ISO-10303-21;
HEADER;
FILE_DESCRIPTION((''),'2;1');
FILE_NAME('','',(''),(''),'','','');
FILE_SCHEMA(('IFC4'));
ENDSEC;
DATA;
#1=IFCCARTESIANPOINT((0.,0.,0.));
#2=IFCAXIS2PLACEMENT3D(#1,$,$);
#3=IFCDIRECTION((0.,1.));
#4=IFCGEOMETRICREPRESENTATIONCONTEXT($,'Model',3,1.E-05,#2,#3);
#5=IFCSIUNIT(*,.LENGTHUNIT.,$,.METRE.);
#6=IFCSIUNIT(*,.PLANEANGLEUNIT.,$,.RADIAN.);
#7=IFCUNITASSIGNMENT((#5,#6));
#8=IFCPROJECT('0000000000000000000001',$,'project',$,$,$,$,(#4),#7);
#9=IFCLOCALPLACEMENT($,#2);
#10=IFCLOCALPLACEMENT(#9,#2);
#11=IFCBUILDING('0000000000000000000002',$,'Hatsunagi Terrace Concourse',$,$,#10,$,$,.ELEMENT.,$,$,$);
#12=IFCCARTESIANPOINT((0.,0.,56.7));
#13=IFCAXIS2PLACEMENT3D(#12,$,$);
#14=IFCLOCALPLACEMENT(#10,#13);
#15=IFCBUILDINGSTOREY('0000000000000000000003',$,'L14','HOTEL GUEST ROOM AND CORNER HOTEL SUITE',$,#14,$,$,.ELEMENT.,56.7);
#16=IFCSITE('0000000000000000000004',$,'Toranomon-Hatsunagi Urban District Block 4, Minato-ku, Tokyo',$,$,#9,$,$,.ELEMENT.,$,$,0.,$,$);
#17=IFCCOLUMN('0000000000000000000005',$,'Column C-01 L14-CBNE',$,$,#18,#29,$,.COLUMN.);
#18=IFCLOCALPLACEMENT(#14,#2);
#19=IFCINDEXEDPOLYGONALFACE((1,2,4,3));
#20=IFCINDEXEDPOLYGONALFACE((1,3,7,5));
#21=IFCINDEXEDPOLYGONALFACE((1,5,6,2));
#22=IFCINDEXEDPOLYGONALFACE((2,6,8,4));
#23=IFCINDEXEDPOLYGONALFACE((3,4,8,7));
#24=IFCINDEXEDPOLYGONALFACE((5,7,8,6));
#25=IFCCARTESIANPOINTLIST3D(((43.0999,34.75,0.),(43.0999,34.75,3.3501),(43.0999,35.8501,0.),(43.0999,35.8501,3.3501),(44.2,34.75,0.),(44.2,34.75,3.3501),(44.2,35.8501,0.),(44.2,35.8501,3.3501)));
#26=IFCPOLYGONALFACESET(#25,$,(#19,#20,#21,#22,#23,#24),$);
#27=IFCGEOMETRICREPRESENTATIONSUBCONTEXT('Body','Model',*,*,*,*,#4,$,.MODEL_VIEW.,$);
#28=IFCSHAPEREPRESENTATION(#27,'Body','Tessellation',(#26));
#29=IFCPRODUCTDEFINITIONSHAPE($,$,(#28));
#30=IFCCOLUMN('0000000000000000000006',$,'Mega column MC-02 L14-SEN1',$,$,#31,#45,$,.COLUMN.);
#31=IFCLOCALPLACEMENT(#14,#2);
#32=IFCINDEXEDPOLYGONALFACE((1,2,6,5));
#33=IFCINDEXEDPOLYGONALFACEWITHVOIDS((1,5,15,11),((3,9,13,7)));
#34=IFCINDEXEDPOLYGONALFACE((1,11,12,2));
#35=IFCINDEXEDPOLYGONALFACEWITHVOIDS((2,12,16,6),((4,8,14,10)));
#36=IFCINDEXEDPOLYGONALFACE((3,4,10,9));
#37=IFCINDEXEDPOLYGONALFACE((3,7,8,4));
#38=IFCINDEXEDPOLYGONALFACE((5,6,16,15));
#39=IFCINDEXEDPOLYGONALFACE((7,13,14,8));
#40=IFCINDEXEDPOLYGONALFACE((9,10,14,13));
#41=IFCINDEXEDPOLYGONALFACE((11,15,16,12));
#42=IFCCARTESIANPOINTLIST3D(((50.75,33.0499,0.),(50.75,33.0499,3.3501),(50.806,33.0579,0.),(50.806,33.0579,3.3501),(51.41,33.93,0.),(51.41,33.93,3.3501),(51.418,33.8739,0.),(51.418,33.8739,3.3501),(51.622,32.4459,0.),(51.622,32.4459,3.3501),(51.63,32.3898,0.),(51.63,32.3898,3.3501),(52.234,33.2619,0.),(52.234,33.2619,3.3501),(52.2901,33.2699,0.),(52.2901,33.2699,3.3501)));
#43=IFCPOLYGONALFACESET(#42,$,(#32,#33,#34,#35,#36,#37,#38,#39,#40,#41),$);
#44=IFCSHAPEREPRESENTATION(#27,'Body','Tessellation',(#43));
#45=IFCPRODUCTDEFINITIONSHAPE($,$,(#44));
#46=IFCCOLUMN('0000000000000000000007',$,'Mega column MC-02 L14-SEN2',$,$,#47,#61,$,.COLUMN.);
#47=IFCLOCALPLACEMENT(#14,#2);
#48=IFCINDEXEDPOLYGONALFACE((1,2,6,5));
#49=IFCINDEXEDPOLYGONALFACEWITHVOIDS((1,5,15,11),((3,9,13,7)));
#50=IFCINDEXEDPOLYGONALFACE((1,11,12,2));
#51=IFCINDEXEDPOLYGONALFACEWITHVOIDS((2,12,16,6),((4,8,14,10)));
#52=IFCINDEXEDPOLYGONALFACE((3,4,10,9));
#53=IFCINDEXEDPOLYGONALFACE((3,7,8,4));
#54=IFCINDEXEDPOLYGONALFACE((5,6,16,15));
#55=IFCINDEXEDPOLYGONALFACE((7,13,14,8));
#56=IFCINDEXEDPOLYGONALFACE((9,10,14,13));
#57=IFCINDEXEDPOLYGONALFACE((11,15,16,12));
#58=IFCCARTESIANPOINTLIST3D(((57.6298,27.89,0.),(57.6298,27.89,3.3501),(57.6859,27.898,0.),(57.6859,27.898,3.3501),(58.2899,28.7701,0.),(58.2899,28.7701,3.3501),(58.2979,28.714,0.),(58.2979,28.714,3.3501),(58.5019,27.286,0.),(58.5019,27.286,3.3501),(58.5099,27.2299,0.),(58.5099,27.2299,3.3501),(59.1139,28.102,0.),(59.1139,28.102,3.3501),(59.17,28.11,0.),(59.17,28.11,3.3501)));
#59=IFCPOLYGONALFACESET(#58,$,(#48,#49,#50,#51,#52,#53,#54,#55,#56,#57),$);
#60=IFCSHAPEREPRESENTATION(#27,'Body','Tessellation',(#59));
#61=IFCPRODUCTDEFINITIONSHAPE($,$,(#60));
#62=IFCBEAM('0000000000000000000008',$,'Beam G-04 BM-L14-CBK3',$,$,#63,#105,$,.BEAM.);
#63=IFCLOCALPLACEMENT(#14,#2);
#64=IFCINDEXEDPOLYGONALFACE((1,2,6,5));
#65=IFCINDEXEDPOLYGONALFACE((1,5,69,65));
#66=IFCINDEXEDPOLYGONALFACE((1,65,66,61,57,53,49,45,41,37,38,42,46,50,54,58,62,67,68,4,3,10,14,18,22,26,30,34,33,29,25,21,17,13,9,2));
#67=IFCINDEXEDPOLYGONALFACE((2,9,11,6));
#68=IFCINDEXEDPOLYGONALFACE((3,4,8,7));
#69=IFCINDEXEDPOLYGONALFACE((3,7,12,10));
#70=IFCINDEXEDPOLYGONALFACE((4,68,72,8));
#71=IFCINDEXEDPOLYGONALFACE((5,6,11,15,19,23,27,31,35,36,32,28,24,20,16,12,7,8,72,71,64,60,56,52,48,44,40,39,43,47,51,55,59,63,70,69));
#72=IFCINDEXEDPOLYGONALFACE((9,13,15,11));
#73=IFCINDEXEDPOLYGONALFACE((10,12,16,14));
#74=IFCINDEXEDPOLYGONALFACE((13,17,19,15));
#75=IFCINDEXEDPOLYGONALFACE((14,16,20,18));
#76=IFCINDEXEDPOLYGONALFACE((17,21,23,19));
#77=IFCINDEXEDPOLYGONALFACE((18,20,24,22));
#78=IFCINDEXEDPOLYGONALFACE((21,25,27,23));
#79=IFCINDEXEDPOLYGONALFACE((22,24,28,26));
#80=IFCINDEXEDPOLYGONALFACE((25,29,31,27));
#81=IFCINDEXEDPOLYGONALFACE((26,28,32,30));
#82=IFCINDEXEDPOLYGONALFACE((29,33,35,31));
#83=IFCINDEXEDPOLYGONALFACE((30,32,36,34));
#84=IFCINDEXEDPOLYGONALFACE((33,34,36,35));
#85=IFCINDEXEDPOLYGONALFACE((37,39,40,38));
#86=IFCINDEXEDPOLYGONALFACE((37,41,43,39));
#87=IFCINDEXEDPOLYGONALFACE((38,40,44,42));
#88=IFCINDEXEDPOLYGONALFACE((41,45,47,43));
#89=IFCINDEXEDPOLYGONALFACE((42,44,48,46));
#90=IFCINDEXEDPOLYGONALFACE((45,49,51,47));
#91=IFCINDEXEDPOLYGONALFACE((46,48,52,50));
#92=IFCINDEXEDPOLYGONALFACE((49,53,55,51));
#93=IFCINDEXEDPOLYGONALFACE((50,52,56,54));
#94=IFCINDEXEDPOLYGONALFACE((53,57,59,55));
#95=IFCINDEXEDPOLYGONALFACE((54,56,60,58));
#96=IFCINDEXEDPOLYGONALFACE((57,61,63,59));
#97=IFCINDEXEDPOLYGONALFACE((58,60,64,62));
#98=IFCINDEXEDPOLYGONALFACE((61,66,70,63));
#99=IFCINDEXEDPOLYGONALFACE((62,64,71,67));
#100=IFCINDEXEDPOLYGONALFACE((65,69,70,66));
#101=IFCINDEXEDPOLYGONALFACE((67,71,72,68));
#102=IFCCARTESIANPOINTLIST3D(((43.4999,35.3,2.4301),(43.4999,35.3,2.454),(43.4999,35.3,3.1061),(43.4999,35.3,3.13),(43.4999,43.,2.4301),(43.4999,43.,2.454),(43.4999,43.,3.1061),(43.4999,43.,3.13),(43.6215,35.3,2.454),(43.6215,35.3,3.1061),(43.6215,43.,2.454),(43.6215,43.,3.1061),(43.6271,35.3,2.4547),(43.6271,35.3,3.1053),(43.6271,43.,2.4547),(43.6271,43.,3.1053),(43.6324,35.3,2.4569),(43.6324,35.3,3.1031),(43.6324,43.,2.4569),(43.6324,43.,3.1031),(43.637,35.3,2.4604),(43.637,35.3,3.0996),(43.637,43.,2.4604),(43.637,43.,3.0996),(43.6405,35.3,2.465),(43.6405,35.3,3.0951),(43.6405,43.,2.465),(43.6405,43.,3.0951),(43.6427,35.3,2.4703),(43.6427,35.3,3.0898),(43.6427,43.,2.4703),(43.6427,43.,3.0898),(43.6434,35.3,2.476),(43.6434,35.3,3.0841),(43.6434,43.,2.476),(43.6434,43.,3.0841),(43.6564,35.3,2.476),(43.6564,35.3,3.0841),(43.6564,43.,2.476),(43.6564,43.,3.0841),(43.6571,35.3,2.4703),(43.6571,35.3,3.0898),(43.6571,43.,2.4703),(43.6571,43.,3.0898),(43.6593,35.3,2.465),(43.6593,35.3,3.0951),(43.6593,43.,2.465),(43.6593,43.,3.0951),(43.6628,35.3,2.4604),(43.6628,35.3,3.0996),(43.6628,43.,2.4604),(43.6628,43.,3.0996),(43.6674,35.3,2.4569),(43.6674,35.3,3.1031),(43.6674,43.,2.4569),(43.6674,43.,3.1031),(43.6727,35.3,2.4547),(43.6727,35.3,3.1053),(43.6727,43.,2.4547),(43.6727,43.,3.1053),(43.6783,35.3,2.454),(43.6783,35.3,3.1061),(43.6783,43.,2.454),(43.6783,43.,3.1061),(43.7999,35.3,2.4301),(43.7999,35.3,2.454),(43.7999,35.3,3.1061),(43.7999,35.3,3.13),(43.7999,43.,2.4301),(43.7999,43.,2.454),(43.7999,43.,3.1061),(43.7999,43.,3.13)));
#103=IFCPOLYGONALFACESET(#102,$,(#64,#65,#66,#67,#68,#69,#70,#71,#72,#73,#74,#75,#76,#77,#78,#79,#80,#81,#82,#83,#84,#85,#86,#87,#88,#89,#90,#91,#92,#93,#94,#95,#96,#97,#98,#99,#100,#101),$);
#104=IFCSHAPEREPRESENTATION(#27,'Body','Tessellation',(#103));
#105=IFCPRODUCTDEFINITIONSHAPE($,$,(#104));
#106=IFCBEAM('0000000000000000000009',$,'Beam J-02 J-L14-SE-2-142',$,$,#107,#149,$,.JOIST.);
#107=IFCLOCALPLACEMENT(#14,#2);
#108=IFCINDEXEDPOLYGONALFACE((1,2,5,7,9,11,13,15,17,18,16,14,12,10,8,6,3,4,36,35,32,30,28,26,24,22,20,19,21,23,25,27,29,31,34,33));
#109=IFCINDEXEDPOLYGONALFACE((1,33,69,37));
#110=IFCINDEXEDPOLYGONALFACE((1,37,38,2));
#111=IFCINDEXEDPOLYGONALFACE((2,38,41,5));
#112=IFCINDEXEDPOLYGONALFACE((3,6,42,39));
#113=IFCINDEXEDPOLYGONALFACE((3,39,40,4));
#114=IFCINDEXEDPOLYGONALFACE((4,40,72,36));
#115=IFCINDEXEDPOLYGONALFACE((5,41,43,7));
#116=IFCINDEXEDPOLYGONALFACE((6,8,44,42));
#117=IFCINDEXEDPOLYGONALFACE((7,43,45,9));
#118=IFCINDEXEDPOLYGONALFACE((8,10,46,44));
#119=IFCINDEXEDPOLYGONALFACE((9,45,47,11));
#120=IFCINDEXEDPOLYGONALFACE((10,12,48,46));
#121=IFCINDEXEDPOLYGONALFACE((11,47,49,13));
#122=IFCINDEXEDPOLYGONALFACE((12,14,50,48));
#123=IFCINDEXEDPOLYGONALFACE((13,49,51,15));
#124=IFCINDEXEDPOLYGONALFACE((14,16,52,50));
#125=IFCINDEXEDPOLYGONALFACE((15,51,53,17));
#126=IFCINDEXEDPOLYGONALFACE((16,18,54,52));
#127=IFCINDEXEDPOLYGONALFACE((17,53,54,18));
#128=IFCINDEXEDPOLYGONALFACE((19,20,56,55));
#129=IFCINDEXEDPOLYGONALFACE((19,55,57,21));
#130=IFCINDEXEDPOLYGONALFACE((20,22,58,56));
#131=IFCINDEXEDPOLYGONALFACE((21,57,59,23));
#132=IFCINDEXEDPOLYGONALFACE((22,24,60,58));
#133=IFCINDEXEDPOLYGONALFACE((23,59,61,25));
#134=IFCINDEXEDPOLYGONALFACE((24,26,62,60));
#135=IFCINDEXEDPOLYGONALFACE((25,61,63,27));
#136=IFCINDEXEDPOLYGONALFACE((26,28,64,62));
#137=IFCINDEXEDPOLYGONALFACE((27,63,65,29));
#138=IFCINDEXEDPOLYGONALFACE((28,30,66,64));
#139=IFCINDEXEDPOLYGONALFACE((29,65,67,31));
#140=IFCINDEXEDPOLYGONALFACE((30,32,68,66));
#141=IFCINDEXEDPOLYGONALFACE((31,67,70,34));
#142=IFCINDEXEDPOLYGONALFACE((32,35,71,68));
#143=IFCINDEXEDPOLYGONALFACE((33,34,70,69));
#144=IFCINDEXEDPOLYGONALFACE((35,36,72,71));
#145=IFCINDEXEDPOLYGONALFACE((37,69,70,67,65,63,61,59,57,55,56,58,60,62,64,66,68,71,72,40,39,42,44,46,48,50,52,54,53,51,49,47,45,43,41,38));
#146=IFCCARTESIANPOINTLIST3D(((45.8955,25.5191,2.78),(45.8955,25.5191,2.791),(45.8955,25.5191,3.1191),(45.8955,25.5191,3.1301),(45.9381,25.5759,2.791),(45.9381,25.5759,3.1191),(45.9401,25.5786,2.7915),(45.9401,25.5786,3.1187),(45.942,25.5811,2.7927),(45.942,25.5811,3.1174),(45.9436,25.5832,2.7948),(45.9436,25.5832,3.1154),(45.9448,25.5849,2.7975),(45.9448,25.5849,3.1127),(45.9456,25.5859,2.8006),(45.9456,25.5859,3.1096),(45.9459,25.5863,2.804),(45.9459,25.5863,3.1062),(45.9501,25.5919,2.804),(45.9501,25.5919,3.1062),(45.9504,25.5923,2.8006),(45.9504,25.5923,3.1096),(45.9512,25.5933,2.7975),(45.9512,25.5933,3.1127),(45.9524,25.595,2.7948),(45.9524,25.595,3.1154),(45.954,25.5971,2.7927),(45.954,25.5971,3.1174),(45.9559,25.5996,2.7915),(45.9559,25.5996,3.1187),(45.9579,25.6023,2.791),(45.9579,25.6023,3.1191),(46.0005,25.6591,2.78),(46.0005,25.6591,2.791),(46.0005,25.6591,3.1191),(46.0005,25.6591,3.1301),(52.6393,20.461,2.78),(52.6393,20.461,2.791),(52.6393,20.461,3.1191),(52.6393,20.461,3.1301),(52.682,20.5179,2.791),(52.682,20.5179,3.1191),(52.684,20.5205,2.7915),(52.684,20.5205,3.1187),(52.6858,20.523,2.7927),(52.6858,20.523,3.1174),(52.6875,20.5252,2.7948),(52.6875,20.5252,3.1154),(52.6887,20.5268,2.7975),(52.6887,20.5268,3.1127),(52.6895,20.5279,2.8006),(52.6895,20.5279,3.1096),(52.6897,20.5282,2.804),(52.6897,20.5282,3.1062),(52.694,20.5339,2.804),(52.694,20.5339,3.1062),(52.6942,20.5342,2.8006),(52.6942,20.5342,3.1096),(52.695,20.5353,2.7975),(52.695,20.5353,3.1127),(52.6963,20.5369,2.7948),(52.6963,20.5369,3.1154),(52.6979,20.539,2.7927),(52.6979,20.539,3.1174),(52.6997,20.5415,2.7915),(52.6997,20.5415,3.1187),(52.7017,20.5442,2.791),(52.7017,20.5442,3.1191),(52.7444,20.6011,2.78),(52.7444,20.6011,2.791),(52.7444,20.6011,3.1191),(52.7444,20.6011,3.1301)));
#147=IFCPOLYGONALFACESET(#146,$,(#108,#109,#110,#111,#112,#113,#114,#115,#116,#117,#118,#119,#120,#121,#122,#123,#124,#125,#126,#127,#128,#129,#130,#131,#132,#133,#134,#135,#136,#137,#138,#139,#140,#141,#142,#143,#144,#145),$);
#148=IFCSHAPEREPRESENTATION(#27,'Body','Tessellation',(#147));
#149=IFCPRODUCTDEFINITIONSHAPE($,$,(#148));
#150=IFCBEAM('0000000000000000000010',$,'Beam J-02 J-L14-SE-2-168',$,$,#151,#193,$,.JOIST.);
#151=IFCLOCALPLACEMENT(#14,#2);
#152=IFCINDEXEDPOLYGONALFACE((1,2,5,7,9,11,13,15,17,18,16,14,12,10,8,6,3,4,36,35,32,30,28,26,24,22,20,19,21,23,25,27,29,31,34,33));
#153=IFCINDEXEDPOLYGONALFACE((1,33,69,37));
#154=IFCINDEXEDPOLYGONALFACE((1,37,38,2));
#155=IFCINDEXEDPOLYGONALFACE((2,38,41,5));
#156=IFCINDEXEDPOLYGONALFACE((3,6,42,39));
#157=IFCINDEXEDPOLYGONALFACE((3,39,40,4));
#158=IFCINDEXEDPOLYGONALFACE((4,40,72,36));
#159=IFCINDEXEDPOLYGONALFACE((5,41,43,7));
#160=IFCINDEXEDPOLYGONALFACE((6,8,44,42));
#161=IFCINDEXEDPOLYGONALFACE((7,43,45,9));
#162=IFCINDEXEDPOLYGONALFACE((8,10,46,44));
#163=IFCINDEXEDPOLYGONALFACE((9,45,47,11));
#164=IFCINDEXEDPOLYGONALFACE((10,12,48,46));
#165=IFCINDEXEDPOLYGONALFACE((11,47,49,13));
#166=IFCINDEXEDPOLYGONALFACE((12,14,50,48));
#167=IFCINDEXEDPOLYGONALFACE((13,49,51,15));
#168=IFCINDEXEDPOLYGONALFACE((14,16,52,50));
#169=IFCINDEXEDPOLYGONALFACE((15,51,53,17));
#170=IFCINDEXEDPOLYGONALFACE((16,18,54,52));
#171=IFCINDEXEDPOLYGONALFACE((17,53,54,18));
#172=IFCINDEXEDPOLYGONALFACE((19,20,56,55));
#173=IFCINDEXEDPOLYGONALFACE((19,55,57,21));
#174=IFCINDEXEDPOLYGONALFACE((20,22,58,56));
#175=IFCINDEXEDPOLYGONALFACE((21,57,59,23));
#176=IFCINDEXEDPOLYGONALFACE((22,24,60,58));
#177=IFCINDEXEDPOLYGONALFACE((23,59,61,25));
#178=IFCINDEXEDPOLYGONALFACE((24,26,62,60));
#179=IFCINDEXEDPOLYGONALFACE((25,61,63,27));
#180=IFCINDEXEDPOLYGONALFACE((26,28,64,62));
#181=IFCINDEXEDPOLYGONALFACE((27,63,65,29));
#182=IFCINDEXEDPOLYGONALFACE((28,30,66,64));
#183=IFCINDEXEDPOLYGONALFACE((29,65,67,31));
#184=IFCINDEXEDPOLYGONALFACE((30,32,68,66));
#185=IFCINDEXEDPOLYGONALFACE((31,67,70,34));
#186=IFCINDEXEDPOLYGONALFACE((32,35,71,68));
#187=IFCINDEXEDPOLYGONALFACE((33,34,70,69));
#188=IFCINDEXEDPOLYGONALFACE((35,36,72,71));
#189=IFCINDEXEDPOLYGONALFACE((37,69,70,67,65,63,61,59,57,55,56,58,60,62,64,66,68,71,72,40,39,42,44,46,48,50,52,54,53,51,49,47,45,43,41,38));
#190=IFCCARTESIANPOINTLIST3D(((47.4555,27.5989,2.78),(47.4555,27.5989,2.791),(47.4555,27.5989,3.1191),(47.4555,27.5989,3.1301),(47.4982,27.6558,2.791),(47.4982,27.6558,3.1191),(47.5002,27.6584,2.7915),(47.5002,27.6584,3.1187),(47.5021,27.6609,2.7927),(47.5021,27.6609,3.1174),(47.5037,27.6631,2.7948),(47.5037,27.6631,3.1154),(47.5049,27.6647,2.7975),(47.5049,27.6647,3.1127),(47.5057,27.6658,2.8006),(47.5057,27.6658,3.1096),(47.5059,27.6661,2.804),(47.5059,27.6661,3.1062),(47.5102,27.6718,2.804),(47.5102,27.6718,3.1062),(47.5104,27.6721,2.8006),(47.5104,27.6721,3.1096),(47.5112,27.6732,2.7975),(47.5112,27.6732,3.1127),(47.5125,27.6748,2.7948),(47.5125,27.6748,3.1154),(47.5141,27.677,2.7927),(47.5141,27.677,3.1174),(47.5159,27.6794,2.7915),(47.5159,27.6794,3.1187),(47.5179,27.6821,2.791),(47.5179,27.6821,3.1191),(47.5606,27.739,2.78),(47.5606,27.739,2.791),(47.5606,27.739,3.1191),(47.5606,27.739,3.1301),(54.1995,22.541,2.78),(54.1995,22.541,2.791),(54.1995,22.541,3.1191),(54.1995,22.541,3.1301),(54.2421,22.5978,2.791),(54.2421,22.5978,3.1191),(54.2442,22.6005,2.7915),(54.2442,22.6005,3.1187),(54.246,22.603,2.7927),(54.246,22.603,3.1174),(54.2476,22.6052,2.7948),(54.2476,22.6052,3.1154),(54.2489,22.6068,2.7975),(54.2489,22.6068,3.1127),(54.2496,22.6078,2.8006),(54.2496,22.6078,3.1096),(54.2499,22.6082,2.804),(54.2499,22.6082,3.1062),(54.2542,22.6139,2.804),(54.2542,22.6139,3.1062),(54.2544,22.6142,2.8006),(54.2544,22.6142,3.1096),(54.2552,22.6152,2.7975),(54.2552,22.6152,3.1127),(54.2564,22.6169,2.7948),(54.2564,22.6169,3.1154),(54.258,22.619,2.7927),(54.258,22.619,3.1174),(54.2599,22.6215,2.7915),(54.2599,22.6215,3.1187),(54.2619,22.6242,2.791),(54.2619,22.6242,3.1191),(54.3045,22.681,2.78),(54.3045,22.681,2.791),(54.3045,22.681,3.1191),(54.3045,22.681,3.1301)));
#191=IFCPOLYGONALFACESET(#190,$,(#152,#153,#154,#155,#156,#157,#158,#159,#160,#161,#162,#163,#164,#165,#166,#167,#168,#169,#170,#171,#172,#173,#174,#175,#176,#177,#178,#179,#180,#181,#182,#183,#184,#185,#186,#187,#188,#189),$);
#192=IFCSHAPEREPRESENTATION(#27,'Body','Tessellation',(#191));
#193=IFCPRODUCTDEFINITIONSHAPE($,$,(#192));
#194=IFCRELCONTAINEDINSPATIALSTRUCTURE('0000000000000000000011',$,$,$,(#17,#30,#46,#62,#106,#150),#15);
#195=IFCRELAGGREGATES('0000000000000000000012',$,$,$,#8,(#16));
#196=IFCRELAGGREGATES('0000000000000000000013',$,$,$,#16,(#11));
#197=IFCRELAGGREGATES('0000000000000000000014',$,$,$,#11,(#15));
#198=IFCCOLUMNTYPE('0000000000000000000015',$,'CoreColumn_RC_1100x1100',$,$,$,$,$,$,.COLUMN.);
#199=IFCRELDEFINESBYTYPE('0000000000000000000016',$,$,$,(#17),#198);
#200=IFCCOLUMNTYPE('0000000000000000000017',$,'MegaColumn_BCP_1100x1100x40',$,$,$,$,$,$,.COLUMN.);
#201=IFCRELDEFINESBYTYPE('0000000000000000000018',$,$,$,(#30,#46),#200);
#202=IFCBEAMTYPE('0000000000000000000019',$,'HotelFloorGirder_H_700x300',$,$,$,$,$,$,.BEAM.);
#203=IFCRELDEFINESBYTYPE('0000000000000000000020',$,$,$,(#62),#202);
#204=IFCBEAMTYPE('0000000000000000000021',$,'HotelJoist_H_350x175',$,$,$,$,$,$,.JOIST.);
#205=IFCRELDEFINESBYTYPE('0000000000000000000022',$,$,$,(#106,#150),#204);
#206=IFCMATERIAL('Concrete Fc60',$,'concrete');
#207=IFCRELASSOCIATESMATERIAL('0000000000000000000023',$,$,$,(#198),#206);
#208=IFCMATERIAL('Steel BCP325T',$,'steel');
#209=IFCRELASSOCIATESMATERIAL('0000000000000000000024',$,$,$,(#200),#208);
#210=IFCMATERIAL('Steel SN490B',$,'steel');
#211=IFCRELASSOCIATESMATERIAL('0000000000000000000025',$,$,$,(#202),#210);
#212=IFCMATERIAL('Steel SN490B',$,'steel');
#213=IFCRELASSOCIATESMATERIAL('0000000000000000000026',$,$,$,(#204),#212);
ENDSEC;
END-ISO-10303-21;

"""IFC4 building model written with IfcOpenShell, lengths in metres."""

from ifc_helpers import new_model, si_unit, direction, frame, origin, origin_2d, place, context, subcontext, project, spatial, rectangle, hollow_rectangle, i_section, extrude, material, material_profile, profile_set, type_object, element, save


model = new_model("IFC4")

# Units and contexts
model_context = context("Model", 3, precision=1e-05, world=origin(), true_north=direction((0.0, 1.0)))
body_context = subcontext(model_context, "Body", "Model", "MODEL_VIEW")
ifc_project = project(units=[si_unit("LENGTHUNIT", "METRE"), si_unit("PLANEANGLEUNIT", "RADIAN")], contexts=[model_context])

# Site, building, storey
site_placement = place(None, origin())
site = spatial("IfcSite", under=ifc_project, at=site_placement, Name="Toranomon-Hatsunagi Urban District Block 4, Minato-ku, Tokyo", CompositionType="ELEMENT", RefElevation=0.0)
building_placement = place(site_placement, origin())
building = spatial("IfcBuilding", under=site, at=building_placement, Name="Hatsunagi Terrace Concourse", CompositionType="ELEMENT")
storey_placement = place(building_placement, frame((0.0, 0.0, 56.7)))
storey = spatial("IfcBuildingStorey", under=building, at=storey_placement, Name="L14", Description="HOTEL GUEST ROOM AND CORNER HOTEL SUITE", CompositionType="ELEMENT", Elevation=56.7)

# Columns
ifc_material_1 = material(Name="Concrete Fc60", Category="concrete")
ifc_material_profile_1 = material_profile(ifc_material_1, rectangle(XDim=1.1001, YDim=1.1001, at=origin_2d()), Name="RC-1100x1100")
ifc_profile_set_1 = profile_set([ifc_material_profile_1], Name="Concrete Fc60")
column_type_1 = type_object("IfcColumnType", Name="CoreColumn_RC_1100x1100", PredefinedType="COLUMN", material=ifc_profile_set_1)
column_placement = place(storey_placement, frame((43.6499, 35.3, 0.0), z_axis=(0.0, 0.0, 1.0), x_axis=(1.0, 0.0, 0.0)))
element("IfcColumn", 1, at=column_placement, inside=storey, type_object=column_type_1, Name="Column C-01 L14-CBNE", PredefinedType="COLUMN", context=body_context, shape_type="SweptSolid", body=[
    extrude(rectangle(XDim=1.1001, YDim=1.1001, at=origin_2d()), origin(), (0.0, 0.0, 1.0), 3.3501),
])
ifc_material_2 = material(Name="Steel BCP325T", Category="steel")
ifc_material_profile_2 = material_profile(ifc_material_2, hollow_rectangle(XDim=1.1001, YDim=1.1001, WallThickness=0.04, at=origin_2d()), Name="BCP-1100x1100x40")
ifc_profile_set_2 = profile_set([ifc_material_profile_2], Name="Steel BCP325T")
column_type_2 = type_object("IfcColumnType", Name="MegaColumn_BCP_1100x1100x40", PredefinedType="COLUMN", material=ifc_profile_set_2)
for number, where, z_axis, x_axis, name in (
    (2, (51.52, 33.1599, 0.0), (0.0, 0.0, 1.0), (0.8, -0.6, 0.0), "Mega column MC-02 L14-SEN1"),
    (3, (58.3999, 28.0, 0.0), (0.0, 0.0, 1.0), (0.8, -0.6, 0.0), "Mega column MC-02 L14-SEN2"),
):
    element("IfcColumn", number, at=place(storey_placement, frame(where, z_axis=z_axis, x_axis=x_axis)), inside=storey, type_object=column_type_2, Name=name, PredefinedType="COLUMN", context=body_context, shape_type="SweptSolid", body=[
        extrude(hollow_rectangle(XDim=1.1001, YDim=1.1001, WallThickness=0.04, at=origin_2d()), origin(), (0.0, 0.0, 1.0), 3.3501),
    ])

# Beams
ifc_material_3 = material(Name="Steel SN490B", Category="steel")
ifc_material_profile_3 = material_profile(ifc_material_3, i_section(OverallWidth=0.3, OverallDepth=0.7, WebThickness=0.0129, FlangeThickness=0.0239, FilletRadius=0.022, at=origin_2d()), Name="H-700x300x13x24")
ifc_profile_set_3 = profile_set([ifc_material_profile_3], Name="Steel SN490B")
beam_type_1 = type_object("IfcBeamType", Name="HotelFloorGirder_H_700x300", PredefinedType="BEAM", material=ifc_profile_set_3)
beam_1_placement = place(storey_placement, frame((43.6499, 35.3, 2.78), z_axis=(0.0, 1.0, 0.0), x_axis=(-1.0, 0.0, 0.0)))
element("IfcBeam", 4, at=beam_1_placement, inside=storey, type_object=beam_type_1, Name="Beam G-04 BM-L14-CBK3", PredefinedType="BEAM", context=body_context, shape_type="SweptSolid", body=[
    extrude(i_section(OverallWidth=0.3, OverallDepth=0.7, WebThickness=0.0129, FlangeThickness=0.0239, FilletRadius=0.022, at=origin_2d()), origin(), (0.0, 0.0, 1.0), 7.7),
])
ifc_material_4 = material(Name="Steel SN490B", Category="steel")
ifc_material_profile_4 = material_profile(ifc_material_4, i_section(OverallWidth=0.175, OverallDepth=0.3501, WebThickness=0.0071, FlangeThickness=0.011, FilletRadius=0.0129, at=origin_2d()), Name="H-350x175x7x11")
ifc_profile_set_4 = profile_set([ifc_material_profile_4], Name="Steel SN490B")
beam_type_2 = type_object("IfcBeamType", Name="HotelJoist_H_350x175", PredefinedType="JOIST", material=ifc_profile_set_4)
for number, where, z_axis, x_axis, name in (
    (5, (45.948, 25.5891, 2.9551), (0.79999, -0.600014, 0.0), (0.600014, 0.79999, 0.0), "Beam J-02 J-L14-SE-2-142"),
    (6, (47.5081, 27.6689, 2.9551), (0.800003, -0.599995, 0.0), (0.599995, 0.800003, 0.0), "Beam J-02 J-L14-SE-2-168"),
):
    element("IfcBeam", number, at=place(storey_placement, frame(where, z_axis=z_axis, x_axis=x_axis)), inside=storey, type_object=beam_type_2, Name=name, PredefinedType="JOIST", context=body_context, shape_type="SweptSolid", body=[
        extrude(i_section(OverallWidth=0.175, OverallDepth=0.3501, WebThickness=0.0071, FlangeThickness=0.011, FilletRadius=0.0129, at=origin_2d()), origin(), (0.0, 0.0, 1.0), 8.4299),
    ])

save(model, "model.ifc")
